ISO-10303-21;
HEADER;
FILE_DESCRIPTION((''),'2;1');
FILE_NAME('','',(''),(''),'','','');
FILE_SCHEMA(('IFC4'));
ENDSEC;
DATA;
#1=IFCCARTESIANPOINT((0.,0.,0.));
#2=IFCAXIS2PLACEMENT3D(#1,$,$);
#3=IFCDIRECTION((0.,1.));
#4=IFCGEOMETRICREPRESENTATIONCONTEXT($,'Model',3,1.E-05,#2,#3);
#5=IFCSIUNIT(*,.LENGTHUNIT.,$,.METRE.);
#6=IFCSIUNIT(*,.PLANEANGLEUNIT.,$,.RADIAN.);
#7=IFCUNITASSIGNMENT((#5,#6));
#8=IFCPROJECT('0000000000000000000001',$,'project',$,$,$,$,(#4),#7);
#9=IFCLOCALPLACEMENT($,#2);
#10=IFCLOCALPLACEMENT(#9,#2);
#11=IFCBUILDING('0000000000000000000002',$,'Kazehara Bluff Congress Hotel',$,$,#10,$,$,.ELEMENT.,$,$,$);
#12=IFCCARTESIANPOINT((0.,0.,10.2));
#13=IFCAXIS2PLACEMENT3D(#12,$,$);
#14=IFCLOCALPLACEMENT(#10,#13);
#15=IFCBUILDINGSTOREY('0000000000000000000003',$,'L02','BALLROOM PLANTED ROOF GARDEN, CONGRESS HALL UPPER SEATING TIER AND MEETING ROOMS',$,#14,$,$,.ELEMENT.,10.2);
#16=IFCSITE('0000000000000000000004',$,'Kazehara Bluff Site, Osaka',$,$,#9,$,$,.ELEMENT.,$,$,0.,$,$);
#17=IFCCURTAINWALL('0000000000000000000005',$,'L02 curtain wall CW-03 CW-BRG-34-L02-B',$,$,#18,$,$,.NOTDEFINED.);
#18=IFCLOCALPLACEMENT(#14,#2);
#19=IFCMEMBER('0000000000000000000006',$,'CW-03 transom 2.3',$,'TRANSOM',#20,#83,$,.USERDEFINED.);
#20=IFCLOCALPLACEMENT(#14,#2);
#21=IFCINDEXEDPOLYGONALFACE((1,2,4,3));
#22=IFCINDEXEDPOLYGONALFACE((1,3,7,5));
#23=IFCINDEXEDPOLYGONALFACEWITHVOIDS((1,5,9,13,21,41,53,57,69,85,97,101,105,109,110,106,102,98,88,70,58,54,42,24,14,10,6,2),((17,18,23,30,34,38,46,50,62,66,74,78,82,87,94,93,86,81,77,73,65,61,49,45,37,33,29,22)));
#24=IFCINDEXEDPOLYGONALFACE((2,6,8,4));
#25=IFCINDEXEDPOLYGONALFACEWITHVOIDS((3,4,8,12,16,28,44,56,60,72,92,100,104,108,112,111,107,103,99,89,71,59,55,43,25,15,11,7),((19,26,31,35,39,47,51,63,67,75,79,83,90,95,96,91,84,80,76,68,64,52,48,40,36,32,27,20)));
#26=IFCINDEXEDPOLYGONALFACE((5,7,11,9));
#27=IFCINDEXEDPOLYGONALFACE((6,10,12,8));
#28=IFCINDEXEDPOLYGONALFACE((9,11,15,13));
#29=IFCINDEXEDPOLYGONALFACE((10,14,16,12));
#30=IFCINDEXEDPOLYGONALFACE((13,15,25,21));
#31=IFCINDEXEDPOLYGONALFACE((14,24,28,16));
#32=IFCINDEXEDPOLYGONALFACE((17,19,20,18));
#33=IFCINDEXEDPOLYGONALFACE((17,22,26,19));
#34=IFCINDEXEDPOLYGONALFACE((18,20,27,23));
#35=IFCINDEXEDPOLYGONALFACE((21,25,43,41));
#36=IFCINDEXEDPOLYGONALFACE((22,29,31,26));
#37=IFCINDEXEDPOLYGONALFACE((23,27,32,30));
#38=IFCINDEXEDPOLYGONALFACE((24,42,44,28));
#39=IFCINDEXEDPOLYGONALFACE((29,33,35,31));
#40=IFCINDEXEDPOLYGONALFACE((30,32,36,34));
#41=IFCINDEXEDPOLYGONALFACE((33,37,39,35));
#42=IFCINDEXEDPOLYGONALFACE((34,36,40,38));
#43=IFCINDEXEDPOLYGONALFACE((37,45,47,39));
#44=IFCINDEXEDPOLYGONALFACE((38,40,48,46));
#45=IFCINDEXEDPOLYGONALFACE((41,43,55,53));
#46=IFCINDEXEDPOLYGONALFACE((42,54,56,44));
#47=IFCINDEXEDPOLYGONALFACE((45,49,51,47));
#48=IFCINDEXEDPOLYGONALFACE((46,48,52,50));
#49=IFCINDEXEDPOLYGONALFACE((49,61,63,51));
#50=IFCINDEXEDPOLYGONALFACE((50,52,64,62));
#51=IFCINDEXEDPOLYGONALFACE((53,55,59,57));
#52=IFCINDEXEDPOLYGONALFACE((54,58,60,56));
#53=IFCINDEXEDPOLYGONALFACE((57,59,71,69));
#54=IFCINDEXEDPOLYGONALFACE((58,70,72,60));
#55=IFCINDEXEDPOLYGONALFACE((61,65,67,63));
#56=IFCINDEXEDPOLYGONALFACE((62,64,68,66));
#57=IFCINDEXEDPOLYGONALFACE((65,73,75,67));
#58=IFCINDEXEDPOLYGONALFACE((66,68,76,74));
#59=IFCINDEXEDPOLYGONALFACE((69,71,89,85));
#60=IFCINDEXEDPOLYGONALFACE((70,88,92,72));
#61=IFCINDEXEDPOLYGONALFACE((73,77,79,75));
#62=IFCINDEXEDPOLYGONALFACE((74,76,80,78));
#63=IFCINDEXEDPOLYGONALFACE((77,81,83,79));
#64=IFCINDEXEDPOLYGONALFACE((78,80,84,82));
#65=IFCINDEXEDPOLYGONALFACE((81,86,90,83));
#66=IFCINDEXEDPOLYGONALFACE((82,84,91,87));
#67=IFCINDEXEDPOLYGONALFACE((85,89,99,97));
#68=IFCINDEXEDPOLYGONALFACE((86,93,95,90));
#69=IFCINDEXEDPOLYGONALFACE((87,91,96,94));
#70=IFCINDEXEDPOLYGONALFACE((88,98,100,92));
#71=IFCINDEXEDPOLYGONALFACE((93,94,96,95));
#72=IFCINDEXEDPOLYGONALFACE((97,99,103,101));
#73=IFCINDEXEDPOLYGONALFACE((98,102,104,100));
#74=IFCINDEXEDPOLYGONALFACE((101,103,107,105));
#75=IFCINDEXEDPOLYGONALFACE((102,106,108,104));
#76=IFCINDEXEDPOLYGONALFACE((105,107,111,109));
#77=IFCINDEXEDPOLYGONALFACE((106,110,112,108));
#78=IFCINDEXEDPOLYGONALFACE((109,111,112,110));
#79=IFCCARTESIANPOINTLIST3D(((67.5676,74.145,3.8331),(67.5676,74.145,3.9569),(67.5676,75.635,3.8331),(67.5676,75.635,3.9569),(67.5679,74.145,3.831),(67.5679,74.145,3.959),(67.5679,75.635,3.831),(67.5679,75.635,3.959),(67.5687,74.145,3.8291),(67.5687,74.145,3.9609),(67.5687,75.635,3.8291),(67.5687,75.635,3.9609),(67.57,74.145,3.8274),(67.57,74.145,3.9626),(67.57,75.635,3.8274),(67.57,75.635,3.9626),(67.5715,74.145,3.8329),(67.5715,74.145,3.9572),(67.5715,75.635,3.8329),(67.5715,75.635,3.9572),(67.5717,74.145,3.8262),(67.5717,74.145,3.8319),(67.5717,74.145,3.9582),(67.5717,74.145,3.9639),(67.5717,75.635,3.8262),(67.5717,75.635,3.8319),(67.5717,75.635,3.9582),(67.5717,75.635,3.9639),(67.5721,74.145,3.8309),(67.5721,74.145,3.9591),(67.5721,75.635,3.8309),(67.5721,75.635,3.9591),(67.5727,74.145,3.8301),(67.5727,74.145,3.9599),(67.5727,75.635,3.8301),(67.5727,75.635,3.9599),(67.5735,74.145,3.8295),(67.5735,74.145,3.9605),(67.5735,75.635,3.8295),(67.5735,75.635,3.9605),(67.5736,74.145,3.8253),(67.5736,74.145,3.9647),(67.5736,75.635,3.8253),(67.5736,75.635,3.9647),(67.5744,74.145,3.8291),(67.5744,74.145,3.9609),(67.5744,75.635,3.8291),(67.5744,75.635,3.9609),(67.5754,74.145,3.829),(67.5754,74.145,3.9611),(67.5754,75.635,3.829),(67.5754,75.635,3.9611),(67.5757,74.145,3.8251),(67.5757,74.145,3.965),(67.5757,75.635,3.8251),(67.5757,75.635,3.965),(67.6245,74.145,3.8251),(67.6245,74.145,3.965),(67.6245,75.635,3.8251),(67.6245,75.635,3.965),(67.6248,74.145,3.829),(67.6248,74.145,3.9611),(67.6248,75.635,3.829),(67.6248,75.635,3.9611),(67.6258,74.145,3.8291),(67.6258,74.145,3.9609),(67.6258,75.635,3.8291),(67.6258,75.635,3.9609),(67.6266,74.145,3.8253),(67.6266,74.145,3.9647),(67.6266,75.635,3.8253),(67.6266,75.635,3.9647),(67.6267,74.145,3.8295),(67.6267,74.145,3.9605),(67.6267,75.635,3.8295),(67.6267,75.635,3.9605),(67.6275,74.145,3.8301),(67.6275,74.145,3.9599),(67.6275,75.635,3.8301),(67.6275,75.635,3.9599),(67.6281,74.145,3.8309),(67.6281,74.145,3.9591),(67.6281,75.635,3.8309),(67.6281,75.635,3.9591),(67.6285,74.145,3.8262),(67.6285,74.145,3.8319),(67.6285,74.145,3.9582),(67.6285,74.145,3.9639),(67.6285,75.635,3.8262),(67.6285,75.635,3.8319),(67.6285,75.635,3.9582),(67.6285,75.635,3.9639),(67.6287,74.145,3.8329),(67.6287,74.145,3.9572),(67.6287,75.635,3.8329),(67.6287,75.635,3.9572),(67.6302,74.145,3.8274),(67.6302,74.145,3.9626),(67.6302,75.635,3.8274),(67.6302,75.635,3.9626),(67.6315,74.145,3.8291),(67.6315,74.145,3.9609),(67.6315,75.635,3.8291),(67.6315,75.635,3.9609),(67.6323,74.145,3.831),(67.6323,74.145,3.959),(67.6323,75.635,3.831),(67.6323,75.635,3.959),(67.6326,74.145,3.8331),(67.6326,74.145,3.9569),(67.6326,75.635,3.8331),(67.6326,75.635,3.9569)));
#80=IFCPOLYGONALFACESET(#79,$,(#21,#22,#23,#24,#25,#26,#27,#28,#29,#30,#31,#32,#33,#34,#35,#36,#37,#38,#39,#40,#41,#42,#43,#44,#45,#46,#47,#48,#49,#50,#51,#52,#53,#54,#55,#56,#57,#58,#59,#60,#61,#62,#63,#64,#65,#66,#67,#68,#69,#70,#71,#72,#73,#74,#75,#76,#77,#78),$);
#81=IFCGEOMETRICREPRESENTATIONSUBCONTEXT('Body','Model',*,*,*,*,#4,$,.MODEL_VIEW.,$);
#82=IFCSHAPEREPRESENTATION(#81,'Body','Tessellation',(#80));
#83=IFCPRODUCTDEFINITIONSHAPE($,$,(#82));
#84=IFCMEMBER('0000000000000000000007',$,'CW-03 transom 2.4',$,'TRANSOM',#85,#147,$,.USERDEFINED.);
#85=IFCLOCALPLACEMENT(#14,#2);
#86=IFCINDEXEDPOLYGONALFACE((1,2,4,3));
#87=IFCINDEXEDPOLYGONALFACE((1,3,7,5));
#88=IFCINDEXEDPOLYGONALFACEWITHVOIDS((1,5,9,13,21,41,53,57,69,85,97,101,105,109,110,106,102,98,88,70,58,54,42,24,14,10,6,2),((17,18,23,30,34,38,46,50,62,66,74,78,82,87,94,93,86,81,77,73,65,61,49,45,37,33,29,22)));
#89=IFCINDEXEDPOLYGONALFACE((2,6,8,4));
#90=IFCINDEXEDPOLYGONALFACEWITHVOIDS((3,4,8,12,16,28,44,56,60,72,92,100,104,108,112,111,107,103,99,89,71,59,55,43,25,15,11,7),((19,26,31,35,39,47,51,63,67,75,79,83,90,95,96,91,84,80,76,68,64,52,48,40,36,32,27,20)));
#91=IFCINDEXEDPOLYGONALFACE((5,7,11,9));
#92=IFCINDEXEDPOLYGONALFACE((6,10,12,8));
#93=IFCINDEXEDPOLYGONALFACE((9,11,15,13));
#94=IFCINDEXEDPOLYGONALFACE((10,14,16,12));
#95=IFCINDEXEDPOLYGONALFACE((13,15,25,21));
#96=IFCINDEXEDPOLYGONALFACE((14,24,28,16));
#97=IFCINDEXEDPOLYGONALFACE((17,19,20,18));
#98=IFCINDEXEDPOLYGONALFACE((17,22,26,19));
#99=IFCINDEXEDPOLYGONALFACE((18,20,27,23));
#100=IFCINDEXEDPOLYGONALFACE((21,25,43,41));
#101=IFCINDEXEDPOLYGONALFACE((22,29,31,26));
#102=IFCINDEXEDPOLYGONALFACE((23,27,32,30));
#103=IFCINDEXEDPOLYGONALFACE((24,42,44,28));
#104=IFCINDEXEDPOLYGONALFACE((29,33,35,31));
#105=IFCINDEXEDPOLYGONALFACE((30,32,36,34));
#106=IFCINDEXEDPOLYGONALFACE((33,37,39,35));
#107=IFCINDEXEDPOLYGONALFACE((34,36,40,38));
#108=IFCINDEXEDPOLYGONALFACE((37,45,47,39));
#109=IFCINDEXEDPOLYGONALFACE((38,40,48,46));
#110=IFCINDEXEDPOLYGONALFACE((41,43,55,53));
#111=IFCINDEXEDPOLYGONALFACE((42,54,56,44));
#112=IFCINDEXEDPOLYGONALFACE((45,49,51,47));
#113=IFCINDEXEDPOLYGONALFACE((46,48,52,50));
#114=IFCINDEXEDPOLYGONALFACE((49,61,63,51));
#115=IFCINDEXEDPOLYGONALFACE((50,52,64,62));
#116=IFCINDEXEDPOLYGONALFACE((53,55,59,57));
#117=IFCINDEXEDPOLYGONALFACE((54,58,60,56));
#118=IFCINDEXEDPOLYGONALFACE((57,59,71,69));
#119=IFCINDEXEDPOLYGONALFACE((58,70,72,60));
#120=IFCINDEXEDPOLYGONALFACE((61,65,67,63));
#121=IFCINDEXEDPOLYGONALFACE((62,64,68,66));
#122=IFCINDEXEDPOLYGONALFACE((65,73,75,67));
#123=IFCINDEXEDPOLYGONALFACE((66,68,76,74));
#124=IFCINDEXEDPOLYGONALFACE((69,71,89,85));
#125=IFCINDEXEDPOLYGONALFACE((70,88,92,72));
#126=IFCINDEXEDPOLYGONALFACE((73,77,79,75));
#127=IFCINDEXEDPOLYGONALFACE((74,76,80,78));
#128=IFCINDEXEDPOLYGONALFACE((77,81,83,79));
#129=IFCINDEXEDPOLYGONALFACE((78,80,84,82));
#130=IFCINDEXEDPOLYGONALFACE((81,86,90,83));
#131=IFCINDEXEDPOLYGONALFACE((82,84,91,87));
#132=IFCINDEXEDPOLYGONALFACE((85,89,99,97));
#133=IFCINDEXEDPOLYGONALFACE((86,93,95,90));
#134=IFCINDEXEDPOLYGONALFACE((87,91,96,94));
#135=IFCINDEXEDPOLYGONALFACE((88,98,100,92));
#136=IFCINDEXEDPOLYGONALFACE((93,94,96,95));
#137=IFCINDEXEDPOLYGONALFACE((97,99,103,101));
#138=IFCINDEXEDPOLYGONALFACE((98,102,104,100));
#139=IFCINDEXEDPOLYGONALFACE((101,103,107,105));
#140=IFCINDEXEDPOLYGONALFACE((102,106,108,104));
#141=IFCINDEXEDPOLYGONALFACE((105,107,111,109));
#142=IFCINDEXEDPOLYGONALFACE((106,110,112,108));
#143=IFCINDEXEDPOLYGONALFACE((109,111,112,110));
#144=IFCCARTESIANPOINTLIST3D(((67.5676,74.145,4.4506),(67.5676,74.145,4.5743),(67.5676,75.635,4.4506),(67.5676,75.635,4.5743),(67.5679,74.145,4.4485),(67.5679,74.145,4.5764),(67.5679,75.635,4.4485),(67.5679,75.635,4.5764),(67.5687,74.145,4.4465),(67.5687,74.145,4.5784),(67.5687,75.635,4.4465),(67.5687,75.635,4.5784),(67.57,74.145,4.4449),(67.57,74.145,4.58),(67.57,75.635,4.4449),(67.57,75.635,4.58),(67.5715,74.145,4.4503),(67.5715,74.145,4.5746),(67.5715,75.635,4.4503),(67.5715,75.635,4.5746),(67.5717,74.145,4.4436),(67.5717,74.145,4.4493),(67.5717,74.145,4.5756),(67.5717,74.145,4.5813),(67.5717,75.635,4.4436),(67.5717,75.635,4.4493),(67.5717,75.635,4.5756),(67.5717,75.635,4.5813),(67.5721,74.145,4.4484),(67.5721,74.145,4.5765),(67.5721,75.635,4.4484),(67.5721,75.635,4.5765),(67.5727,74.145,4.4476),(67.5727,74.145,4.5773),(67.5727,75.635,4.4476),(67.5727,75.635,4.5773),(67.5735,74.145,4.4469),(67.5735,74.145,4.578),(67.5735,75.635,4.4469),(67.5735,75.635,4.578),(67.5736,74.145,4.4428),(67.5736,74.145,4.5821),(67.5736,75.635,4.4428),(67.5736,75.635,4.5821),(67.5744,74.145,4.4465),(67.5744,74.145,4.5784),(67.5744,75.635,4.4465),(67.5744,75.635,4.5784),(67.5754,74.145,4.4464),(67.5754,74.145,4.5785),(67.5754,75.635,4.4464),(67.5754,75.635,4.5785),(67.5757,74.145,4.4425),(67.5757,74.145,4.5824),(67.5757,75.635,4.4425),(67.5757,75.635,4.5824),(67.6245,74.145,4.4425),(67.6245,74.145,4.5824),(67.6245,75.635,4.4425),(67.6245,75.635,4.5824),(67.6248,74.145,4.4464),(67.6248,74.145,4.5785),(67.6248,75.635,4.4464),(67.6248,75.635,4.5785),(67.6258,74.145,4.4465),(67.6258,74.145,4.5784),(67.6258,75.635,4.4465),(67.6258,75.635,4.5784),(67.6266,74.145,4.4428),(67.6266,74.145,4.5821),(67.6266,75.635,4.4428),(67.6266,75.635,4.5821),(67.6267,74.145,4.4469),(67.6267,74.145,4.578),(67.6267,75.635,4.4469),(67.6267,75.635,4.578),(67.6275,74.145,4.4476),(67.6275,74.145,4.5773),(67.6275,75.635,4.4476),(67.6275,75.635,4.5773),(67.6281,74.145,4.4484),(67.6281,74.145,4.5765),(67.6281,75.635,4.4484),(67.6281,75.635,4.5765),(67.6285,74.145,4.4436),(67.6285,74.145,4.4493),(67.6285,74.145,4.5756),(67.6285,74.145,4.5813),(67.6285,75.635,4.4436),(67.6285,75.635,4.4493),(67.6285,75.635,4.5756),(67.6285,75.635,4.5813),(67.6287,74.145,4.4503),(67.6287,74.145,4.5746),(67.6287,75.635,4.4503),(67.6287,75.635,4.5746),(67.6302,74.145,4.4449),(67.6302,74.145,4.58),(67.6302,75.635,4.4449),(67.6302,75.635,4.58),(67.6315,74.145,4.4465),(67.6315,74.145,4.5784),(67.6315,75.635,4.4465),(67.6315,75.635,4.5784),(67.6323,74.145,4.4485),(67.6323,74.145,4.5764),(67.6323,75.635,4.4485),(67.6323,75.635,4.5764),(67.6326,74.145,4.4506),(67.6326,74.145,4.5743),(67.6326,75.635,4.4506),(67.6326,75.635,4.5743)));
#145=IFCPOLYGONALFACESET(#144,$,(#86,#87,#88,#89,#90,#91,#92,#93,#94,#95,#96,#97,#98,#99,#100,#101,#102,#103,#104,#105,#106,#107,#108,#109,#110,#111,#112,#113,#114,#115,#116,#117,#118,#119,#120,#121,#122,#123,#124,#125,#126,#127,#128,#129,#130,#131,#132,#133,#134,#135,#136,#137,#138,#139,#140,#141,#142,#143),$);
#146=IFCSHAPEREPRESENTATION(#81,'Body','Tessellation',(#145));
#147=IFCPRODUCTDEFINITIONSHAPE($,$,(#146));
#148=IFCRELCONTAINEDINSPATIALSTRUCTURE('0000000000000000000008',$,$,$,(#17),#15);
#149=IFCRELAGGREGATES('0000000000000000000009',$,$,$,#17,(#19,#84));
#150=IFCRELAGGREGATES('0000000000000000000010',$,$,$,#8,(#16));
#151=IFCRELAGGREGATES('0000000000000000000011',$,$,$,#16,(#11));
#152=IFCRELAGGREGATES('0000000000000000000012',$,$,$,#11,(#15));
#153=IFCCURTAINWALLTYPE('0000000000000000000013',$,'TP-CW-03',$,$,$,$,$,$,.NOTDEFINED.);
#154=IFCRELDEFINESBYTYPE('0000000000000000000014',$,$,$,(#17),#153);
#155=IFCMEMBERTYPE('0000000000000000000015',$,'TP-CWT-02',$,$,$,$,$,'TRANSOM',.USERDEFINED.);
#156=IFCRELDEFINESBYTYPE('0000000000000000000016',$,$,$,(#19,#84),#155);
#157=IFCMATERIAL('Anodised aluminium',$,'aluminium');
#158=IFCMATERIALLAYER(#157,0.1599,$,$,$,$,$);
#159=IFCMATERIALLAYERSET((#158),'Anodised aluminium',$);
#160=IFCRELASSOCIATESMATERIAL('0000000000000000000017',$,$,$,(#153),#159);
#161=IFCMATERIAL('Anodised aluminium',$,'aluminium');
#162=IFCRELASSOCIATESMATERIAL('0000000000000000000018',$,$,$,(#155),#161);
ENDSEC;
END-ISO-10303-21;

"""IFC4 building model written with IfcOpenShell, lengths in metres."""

from ifc_helpers import new_model, si_unit, direction, frame, origin, origin_2d, place, context, subcontext, project, spatial, hollow_rectangle, extrude, material, layer, layer_set, material_profile, profile_set, type_object, element, aggregate, save


model = new_model("IFC4")

# Units and contexts
model_context = context("Model", 3, precision=1e-05, world=origin(), true_north=direction((0.0, 1.0)))
body_context = subcontext(model_context, "Body", "Model", "MODEL_VIEW")
ifc_project = project(units=[si_unit("LENGTHUNIT", "METRE"), si_unit("PLANEANGLEUNIT", "RADIAN")], contexts=[model_context])

# Site, building, storey
site_placement = place(None, origin())
site = spatial("IfcSite", under=ifc_project, at=site_placement, Name="Kazehara Bluff Site, Osaka", CompositionType="ELEMENT", RefElevation=0.0)
building_placement = place(site_placement, origin())
building = spatial("IfcBuilding", under=site, at=building_placement, Name="Kazehara Bluff Congress Hotel", CompositionType="ELEMENT")
storey_placement = place(building_placement, frame((0.0, 0.0, 10.2)))
storey = spatial("IfcBuildingStorey", under=building, at=storey_placement, Name="L02", Description="BALLROOM PLANTED ROOF GARDEN, CONGRESS HALL UPPER SEATING TIER AND MEETING ROOMS", CompositionType="ELEMENT", Elevation=10.2)

# Shared definitions
ifc_material_1 = material(Name="Anodised aluminium", Category="aluminium")
ifc_layer_1 = layer(ifc_material_1, 0.1599)
ifc_layer_set_1 = layer_set([ifc_layer_1], Name="Anodised aluminium")
curtain_wall_type = type_object("IfcCurtainWallType", Name="TP-CW-03", PredefinedType="NOTDEFINED", material=ifc_layer_set_1)

# Curtain wall
curtain_wall_1_placement = place(storey_placement, origin())
curtain_wall_1 = element("IfcCurtainWall", 1, at=curtain_wall_1_placement, inside=storey, type_object=curtain_wall_type, Name="L02 curtain wall CW-03 CW-BRG-34-L02-B", PredefinedType="NOTDEFINED")

# Members
ifc_material_2 = material(Name="Anodised aluminium", Category="aluminium")
ifc_material_profile_1 = material_profile(ifc_material_2, hollow_rectangle(XDim=0.0649, YDim=0.1399, WallThickness=0.0039, InnerFilletRadius=0.0039, OuterFilletRadius=0.0081, at=origin_2d()))
ifc_profile_set_1 = profile_set([ifc_material_profile_1], Name="Anodised aluminium")
member_type_1 = type_object("IfcMemberType", Name="TP-CWT-02", ElementType="TRANSOM", PredefinedType="USERDEFINED", material=ifc_profile_set_1)
member_1_placement = place(storey_placement, frame((67.6001, 74.145, 3.895), z_axis=(0.0, 1.0, 0.0), x_axis=(-1.0, 0.0, 0.0)))
member_1 = element("IfcMember", 2, at=member_1_placement, type_object=member_type_1, Name="CW-03 transom 2.3", ObjectType="TRANSOM", PredefinedType="USERDEFINED", context=body_context, shape_type="SweptSolid", body=[
    extrude(hollow_rectangle(XDim=0.0649, YDim=0.1399, WallThickness=0.0039, InnerFilletRadius=0.0039, OuterFilletRadius=0.0081, at=origin_2d()), origin(), (0.0, 0.0, 1.0), 1.49),
])
member_2_placement = place(storey_placement, frame((67.6001, 74.145, 4.5125), z_axis=(0.0, 1.0, 0.0), x_axis=(-1.0, 0.0, 0.0)))
member_2 = element("IfcMember", 3, at=member_2_placement, type_object=member_type_1, Name="CW-03 transom 2.4", ObjectType="TRANSOM", PredefinedType="USERDEFINED", context=body_context, shape_type="SweptSolid", body=[
    extrude(hollow_rectangle(XDim=0.0649, YDim=0.1399, WallThickness=0.0039, InnerFilletRadius=0.0039, OuterFilletRadius=0.0081, at=origin_2d()), origin(), (0.0, 0.0, 1.0), 1.49),
])

aggregate(curtain_wall_1, [member_1, member_2])

save(model, "model.ifc")
